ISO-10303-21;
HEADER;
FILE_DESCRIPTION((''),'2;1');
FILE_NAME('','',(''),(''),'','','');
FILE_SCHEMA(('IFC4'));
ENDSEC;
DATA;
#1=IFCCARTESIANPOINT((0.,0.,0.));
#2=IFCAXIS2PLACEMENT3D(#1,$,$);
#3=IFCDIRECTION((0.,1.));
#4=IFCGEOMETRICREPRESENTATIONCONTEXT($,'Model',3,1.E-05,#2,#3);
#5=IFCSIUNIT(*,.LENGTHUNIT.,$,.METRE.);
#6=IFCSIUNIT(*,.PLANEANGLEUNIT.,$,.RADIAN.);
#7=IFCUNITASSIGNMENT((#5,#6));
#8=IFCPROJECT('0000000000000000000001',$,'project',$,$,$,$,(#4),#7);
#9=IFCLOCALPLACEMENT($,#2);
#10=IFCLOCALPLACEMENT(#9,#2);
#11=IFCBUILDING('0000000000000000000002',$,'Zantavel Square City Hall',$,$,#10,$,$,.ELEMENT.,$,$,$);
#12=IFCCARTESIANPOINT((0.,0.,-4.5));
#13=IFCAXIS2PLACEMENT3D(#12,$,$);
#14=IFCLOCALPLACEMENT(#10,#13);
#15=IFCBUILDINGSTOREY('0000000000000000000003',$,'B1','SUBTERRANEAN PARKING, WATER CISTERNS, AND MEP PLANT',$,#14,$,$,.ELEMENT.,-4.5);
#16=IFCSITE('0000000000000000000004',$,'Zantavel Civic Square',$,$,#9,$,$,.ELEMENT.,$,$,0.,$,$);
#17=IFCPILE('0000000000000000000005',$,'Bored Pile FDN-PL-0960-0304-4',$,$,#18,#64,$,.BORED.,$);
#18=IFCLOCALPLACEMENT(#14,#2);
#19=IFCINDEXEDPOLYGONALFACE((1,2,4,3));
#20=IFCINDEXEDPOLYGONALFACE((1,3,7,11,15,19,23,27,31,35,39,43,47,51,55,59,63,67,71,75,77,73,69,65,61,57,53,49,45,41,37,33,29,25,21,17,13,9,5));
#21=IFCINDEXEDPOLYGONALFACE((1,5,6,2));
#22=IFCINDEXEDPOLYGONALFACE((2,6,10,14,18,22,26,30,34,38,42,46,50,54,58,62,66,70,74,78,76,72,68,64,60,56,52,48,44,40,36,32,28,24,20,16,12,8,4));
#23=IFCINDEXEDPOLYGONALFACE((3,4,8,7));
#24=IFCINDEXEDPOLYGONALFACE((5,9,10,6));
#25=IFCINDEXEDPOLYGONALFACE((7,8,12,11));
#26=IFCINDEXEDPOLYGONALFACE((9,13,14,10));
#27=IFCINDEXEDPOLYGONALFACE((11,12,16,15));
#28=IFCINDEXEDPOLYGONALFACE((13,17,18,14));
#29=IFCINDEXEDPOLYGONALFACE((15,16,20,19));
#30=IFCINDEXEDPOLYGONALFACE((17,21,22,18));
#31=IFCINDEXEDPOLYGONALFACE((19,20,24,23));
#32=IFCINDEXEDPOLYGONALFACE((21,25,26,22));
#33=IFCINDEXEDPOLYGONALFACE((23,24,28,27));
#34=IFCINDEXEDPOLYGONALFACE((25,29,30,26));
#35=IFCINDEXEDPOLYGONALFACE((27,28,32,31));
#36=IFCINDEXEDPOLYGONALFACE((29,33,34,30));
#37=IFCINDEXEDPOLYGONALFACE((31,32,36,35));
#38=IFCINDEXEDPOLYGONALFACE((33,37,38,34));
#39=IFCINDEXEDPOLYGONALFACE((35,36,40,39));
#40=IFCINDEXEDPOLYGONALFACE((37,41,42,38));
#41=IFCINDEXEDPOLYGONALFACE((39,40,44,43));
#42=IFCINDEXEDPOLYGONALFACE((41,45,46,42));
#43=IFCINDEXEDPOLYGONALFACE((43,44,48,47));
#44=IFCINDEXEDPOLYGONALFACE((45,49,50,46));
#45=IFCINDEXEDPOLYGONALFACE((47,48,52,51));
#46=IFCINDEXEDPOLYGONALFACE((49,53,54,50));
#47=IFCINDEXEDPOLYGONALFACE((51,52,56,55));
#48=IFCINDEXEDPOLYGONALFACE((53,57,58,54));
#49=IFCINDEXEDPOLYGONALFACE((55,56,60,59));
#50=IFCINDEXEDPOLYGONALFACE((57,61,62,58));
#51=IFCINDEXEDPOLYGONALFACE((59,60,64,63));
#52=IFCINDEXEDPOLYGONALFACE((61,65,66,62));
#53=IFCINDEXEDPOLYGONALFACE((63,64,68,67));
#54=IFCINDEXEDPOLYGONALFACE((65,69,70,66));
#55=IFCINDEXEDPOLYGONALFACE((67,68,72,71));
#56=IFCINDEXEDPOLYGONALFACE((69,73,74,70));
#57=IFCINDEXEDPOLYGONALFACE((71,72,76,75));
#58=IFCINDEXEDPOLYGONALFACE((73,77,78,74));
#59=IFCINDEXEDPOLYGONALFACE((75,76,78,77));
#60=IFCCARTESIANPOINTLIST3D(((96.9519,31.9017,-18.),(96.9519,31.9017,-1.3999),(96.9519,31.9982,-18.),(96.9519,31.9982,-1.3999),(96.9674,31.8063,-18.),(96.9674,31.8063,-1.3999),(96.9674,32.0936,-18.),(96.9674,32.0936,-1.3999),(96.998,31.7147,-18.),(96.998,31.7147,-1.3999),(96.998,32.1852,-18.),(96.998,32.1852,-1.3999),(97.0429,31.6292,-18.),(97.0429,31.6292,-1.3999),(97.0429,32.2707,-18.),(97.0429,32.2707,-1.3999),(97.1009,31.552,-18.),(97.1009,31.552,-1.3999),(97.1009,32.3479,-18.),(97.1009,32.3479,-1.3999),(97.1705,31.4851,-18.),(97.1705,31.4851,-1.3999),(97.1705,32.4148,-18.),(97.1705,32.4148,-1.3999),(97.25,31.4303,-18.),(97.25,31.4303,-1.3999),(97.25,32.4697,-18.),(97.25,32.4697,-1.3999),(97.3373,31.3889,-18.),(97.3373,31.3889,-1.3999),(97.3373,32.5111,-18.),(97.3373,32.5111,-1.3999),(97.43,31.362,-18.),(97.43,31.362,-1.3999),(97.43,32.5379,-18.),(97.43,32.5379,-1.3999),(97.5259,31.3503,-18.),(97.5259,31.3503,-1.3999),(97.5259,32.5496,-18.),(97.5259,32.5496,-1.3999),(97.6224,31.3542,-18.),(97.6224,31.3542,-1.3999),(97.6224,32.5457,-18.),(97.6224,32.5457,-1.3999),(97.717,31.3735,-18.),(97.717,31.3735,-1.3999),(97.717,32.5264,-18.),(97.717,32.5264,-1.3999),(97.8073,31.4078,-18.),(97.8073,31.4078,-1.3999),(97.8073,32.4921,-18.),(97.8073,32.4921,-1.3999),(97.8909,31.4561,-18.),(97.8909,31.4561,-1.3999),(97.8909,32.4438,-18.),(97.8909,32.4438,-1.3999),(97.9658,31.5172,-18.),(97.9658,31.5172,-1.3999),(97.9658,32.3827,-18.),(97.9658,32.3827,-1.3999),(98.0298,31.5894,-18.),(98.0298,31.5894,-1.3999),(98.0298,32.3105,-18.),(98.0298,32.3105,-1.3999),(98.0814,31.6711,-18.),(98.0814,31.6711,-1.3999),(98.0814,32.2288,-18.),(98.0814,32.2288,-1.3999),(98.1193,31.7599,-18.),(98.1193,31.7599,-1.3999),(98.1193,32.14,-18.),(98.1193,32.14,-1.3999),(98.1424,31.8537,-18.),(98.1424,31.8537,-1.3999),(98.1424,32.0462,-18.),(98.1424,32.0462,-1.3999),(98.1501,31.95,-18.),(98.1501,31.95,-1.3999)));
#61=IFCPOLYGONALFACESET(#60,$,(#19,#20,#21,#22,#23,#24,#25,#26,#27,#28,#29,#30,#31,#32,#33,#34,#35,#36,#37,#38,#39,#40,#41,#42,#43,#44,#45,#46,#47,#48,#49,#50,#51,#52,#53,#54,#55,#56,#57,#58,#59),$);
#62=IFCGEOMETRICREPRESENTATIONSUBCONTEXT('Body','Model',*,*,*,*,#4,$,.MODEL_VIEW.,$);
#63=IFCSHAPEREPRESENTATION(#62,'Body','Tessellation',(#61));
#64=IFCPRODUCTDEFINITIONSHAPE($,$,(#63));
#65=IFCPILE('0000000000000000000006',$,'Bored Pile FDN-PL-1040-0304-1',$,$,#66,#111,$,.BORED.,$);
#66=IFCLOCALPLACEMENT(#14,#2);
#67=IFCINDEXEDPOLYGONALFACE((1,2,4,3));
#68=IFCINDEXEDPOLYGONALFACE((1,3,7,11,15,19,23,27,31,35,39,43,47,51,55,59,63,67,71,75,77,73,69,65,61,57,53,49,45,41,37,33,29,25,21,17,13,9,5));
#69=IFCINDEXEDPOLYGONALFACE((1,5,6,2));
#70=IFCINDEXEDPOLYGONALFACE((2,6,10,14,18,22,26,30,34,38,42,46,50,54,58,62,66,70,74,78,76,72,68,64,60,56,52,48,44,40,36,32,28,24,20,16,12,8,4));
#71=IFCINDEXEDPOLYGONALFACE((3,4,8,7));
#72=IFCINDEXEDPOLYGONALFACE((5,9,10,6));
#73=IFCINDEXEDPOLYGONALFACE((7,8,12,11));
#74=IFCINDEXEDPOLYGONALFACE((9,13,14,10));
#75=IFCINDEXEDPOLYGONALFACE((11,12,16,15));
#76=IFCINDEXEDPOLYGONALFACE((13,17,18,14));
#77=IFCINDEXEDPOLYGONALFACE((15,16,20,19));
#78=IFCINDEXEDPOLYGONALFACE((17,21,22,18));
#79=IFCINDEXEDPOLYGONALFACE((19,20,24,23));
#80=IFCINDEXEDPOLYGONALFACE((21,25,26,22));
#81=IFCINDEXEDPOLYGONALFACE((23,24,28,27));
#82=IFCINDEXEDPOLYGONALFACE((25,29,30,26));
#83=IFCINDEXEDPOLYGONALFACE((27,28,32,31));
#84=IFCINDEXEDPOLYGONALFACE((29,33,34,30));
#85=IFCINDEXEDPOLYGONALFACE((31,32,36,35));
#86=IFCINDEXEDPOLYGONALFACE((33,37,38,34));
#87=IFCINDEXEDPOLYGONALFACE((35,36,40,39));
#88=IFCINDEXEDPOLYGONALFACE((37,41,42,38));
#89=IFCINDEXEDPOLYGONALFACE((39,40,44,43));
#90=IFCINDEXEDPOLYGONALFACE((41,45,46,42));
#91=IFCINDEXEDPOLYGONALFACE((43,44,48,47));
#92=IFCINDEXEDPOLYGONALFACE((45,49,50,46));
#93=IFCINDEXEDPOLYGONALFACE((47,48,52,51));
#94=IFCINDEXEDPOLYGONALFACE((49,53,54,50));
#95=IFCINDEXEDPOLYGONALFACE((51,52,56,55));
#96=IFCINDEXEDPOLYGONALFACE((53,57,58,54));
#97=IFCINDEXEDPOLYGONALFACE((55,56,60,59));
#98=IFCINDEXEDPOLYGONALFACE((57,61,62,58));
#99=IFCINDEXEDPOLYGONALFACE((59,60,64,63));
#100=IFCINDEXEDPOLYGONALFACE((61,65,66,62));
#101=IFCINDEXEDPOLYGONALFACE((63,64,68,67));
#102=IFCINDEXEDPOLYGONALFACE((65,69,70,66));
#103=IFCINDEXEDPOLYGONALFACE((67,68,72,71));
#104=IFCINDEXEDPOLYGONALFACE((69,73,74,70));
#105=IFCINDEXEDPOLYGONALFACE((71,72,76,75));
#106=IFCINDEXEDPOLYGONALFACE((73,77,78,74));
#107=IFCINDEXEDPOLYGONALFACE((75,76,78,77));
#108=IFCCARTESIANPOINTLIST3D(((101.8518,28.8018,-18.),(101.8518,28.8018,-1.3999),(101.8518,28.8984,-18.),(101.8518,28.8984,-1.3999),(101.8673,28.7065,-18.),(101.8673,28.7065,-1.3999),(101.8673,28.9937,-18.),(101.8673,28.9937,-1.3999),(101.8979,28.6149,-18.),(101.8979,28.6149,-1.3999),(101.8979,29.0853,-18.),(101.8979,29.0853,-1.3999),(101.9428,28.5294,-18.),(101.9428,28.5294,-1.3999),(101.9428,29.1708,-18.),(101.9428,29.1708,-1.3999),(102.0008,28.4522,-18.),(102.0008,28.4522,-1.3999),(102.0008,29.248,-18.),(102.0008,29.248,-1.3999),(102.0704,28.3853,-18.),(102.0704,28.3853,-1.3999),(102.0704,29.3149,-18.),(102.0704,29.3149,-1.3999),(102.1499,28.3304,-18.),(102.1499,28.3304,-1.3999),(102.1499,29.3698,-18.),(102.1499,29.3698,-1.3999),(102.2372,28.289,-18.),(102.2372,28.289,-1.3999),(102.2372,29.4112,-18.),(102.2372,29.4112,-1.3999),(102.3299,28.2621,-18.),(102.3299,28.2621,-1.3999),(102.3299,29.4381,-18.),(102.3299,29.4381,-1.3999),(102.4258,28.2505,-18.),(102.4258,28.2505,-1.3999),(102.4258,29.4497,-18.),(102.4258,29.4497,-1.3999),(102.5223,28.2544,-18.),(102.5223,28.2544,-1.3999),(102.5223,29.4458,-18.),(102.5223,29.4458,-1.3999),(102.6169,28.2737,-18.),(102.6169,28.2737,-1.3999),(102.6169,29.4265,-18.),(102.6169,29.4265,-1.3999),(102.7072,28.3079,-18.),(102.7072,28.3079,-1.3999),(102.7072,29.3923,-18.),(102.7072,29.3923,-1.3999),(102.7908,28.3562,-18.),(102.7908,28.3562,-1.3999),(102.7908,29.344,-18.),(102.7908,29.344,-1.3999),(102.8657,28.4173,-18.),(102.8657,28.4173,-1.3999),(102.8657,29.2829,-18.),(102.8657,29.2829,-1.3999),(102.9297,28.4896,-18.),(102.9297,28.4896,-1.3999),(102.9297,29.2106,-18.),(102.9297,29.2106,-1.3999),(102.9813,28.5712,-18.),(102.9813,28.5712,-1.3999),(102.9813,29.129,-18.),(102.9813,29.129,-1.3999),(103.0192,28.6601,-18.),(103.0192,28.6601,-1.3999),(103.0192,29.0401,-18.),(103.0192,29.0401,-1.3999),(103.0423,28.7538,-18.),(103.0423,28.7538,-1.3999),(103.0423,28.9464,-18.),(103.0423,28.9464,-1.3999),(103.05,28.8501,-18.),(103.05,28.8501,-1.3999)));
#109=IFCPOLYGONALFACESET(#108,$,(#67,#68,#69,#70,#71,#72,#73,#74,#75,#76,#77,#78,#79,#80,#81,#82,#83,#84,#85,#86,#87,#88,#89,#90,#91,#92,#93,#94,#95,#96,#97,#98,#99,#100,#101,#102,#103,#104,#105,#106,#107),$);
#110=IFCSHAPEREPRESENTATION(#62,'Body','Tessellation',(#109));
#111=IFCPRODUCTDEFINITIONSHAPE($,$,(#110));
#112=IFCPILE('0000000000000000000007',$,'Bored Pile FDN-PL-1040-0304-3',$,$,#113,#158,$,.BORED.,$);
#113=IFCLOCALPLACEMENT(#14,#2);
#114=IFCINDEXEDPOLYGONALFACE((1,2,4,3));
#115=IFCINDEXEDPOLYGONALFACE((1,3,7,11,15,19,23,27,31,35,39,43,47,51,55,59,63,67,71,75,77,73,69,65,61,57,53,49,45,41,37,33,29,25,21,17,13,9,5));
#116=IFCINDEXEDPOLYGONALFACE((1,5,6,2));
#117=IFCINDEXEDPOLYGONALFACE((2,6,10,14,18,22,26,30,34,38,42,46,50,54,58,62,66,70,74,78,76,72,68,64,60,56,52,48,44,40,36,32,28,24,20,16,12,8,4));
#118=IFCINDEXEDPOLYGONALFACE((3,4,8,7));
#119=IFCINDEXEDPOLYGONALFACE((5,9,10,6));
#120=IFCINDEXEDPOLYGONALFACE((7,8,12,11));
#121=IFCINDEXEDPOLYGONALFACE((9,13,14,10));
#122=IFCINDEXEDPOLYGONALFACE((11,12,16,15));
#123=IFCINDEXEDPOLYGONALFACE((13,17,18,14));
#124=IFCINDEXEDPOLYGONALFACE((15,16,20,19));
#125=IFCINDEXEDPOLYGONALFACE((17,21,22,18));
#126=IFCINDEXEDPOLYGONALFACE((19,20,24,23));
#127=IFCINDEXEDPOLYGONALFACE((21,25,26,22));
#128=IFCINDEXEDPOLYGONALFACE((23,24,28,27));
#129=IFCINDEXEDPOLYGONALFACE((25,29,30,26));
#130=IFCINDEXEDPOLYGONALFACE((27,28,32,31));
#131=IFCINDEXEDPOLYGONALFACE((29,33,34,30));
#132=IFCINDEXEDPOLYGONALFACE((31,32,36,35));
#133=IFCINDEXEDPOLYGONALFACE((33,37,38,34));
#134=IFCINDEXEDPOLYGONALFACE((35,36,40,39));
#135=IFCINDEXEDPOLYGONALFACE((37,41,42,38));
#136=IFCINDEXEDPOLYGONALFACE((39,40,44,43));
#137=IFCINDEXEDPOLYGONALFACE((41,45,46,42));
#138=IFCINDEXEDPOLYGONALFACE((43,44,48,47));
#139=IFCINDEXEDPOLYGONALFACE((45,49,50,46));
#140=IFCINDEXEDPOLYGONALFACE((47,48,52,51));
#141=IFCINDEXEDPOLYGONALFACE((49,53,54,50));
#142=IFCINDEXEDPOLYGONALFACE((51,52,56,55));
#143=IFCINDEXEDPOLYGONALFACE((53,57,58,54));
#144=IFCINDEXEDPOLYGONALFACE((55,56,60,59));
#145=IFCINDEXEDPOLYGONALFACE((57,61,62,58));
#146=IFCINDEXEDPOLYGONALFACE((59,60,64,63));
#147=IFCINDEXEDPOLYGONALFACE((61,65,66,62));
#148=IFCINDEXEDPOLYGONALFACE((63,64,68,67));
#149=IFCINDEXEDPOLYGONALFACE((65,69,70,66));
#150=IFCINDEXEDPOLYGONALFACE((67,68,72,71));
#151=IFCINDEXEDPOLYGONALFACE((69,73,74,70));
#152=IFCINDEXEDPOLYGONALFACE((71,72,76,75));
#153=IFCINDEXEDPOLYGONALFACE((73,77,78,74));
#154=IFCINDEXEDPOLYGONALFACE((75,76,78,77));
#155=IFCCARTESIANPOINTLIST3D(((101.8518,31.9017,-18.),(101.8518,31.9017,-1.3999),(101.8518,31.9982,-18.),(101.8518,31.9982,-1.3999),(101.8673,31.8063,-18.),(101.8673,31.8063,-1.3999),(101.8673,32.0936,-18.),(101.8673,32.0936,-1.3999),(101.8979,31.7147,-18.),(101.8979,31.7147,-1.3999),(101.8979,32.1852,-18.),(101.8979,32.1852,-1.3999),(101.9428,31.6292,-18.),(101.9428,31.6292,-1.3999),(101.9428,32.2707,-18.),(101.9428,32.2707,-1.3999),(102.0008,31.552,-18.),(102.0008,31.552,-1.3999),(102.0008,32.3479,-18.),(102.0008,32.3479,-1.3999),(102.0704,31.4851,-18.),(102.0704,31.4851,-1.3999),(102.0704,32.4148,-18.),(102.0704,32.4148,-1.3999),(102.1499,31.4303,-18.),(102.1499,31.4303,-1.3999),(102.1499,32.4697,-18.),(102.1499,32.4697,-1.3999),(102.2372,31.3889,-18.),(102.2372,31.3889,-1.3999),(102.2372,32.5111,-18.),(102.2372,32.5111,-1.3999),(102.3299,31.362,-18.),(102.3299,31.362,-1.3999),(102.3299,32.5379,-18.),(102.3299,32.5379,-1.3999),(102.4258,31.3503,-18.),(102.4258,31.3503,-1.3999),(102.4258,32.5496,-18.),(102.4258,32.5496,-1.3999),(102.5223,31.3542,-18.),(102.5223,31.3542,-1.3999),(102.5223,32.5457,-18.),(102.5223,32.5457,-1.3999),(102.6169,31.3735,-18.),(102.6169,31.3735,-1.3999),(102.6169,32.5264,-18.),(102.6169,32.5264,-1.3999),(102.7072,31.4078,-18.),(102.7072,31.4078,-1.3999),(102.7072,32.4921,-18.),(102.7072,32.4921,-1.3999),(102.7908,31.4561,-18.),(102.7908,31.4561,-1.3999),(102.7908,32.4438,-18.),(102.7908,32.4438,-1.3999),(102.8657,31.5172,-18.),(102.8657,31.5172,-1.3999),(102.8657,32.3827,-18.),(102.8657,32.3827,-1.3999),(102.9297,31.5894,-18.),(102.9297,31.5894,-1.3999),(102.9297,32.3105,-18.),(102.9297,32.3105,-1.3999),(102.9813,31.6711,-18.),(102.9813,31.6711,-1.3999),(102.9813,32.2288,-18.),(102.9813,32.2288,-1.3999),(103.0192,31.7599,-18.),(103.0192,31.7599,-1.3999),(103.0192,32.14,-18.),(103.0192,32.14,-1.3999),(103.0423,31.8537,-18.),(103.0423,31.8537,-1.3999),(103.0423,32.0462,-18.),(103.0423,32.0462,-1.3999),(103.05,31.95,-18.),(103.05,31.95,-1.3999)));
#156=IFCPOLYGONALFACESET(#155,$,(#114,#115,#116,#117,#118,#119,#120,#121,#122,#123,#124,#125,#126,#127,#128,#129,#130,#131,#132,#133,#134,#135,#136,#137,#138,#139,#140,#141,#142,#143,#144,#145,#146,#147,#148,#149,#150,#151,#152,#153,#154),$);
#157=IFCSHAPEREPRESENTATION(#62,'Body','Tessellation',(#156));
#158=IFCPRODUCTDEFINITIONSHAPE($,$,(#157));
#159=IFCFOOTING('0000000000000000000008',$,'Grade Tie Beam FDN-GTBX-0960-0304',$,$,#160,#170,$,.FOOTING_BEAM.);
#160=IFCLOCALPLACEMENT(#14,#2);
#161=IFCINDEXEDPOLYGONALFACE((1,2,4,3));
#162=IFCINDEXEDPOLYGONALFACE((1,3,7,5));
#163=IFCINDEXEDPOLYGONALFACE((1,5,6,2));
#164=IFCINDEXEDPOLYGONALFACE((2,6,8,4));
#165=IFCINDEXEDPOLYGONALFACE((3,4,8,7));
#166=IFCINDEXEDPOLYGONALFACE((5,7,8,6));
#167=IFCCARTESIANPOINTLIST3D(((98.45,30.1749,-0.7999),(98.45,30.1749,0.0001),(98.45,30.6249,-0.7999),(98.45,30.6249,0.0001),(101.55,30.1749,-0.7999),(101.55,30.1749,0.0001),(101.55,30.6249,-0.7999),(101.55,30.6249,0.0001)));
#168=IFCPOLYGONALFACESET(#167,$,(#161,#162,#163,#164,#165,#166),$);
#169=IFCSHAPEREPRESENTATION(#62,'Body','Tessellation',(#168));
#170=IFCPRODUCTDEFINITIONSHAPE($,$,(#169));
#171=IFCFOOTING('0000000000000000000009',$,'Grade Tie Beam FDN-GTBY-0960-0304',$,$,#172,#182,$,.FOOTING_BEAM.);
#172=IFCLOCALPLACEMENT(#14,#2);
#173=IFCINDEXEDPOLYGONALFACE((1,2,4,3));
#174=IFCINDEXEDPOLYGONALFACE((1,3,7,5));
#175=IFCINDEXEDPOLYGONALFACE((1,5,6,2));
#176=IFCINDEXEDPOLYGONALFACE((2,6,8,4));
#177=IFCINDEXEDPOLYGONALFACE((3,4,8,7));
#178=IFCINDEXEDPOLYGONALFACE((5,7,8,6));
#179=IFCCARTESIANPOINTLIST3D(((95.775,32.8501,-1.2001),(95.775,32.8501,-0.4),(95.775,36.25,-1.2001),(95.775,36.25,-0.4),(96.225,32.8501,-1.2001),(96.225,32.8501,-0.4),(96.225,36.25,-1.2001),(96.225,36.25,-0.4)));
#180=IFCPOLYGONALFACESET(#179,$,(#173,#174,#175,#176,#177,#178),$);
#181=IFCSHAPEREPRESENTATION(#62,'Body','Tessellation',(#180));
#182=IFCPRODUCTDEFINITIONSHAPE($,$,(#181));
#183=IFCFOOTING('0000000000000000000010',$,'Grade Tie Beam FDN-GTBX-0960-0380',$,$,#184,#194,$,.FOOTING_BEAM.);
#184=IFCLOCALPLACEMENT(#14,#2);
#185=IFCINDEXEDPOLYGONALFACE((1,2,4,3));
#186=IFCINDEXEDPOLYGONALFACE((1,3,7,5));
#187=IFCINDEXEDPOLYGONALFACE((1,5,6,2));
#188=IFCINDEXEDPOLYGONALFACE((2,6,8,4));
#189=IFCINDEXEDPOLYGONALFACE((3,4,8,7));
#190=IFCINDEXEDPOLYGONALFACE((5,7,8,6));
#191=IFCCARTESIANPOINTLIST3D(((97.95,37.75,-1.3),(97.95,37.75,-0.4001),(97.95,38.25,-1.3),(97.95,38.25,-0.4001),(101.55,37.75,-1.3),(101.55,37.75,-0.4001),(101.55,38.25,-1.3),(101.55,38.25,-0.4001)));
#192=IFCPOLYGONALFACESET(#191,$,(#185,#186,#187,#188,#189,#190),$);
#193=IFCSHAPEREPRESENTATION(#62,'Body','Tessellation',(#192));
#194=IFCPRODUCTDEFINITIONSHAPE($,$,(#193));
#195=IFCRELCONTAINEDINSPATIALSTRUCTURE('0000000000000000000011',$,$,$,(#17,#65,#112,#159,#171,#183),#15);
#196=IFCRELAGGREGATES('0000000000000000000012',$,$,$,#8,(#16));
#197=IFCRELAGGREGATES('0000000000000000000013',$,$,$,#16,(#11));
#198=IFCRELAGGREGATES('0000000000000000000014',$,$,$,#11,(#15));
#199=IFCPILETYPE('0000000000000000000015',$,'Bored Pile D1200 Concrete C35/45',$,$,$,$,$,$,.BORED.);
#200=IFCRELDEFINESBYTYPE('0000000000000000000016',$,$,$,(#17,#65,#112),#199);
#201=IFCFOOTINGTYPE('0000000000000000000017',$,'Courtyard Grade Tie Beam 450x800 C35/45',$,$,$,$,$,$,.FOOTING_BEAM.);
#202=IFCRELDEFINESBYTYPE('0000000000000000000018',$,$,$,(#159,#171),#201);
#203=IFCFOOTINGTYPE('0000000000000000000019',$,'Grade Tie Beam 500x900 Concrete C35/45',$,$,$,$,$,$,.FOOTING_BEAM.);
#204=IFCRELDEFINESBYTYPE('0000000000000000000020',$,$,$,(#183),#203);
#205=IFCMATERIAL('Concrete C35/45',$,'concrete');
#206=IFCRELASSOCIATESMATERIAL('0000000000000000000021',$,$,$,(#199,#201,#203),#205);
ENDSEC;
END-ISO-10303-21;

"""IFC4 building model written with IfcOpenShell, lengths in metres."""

from ifc_helpers import new_model, si_unit, direction, frame, origin, origin_2d, place, context, subcontext, project, spatial, rectangle, circle, extrude, material, material_profile, profile_set, type_object, element, save


model = new_model("IFC4")

# Units and contexts
model_context = context("Model", 3, precision=1e-05, world=origin(), true_north=direction((0.0, 1.0)))
body_context = subcontext(model_context, "Body", "Model", "MODEL_VIEW")
ifc_project = project(units=[si_unit("LENGTHUNIT", "METRE"), si_unit("PLANEANGLEUNIT", "RADIAN")], contexts=[model_context])

# Site, building, storey
site_placement = place(None, origin())
site = spatial("IfcSite", under=ifc_project, at=site_placement, Name="Zantavel Civic Square", CompositionType="ELEMENT", RefElevation=0.0)
building_placement = place(site_placement, origin())
building = spatial("IfcBuilding", under=site, at=building_placement, Name="Zantavel Square City Hall", CompositionType="ELEMENT")
storey_placement = place(building_placement, frame((0.0, 0.0, -4.5)))
storey = spatial("IfcBuildingStorey", under=building, at=storey_placement, Name="B1", Description="SUBTERRANEAN PARKING, WATER CISTERNS, AND MEP PLANT", CompositionType="ELEMENT", Elevation=-4.5)

# Piles
ifc_material_1 = material(Name="Concrete C35/45", Category="concrete")
ifc_material_profile_1 = material_profile(ifc_material_1, circle(Radius=0.6001, at=origin_2d()), Name="PILE D1200")
ifc_profile_set_1 = profile_set([ifc_material_profile_1], Name="Concrete C35/45")
pile_type_1 = type_object("IfcPileType", Name="Bored Pile D1200 Concrete C35/45", PredefinedType="BORED", material=ifc_profile_set_1)
for number, where, z_axis, x_axis, name in (
    (1, (97.55, 31.95, -1.3999), (0.0, 0.0, -1.0), (1.0, 0.0, 0.0), "Bored Pile FDN-PL-0960-0304-4"),
    (2, (102.45, 28.8501, -1.3999), (0.0, 0.0, -1.0), (1.0, 0.0, 0.0), "Bored Pile FDN-PL-1040-0304-1"),
    (3, (102.45, 31.95, -1.3999), (0.0, 0.0, -1.0), (1.0, 0.0, 0.0), "Bored Pile FDN-PL-1040-0304-3"),
):
    element("IfcPile", number, at=place(storey_placement, frame(where, z_axis=z_axis, x_axis=x_axis)), inside=storey, type_object=pile_type_1, Name=name, PredefinedType="BORED", context=body_context, shape_type="SweptSolid", body=[
        extrude(circle(Radius=0.6001, at=origin_2d()), origin(), (0.0, 0.0, 1.0), 16.6001),
    ])

# Footings
ifc_material_profile_2 = material_profile(ifc_material_1, rectangle(XDim=0.45, YDim=0.8, at=origin_2d()), Name="RC 450x800")
ifc_profile_set_2 = profile_set([ifc_material_profile_2], Name="Concrete C35/45")
footing_type_1 = type_object("IfcFootingType", Name="Courtyard Grade Tie Beam 450x800 C35/45", PredefinedType="FOOTING_BEAM", material=ifc_profile_set_2)
footing_1_placement = place(storey_placement, frame((98.45, 30.3999, -0.3999), z_axis=(1.0, 0.0, 0.0), x_axis=(0.0, 1.0, 0.0)))
element("IfcFooting", 4, at=footing_1_placement, inside=storey, type_object=footing_type_1, Name="Grade Tie Beam FDN-GTBX-0960-0304", PredefinedType="FOOTING_BEAM", context=body_context, shape_type="SweptSolid", body=[
    extrude(rectangle(XDim=0.45, YDim=0.8, at=origin_2d()), origin(), (0.0, 0.0, 1.0), 3.1001),
])
footing_2_placement = place(storey_placement, frame((96.0, 32.8501, -0.8), z_axis=(0.0, 1.0, 0.0), x_axis=(-1.0, 0.0, 0.0)))
element("IfcFooting", 5, at=footing_2_placement, inside=storey, type_object=footing_type_1, Name="Grade Tie Beam FDN-GTBY-0960-0304", PredefinedType="FOOTING_BEAM", context=body_context, shape_type="SweptSolid", body=[
    extrude(rectangle(XDim=0.45, YDim=0.8, at=origin_2d()), origin(), (0.0, 0.0, 1.0), 3.3999),
])
ifc_material_profile_3 = material_profile(ifc_material_1, rectangle(XDim=0.5, YDim=0.8999, at=origin_2d()), Name="RC 500x900")
ifc_profile_set_3 = profile_set([ifc_material_profile_3], Name="Concrete C35/45")
footing_type_2 = type_object("IfcFootingType", Name="Grade Tie Beam 500x900 Concrete C35/45", PredefinedType="FOOTING_BEAM", material=ifc_profile_set_3)
footing_3_placement = place(storey_placement, frame((97.95, 38.0, -0.8501), z_axis=(1.0, 0.0, 0.0), x_axis=(0.0, 1.0, 0.0)))
element("IfcFooting", 6, at=footing_3_placement, inside=storey, type_object=footing_type_2, Name="Grade Tie Beam FDN-GTBX-0960-0380", PredefinedType="FOOTING_BEAM", context=body_context, shape_type="SweptSolid", body=[
    extrude(rectangle(XDim=0.5, YDim=0.8999, at=origin_2d()), origin(), (0.0, 0.0, 1.0), 3.6001),
])

save(model, "model.ifc")
